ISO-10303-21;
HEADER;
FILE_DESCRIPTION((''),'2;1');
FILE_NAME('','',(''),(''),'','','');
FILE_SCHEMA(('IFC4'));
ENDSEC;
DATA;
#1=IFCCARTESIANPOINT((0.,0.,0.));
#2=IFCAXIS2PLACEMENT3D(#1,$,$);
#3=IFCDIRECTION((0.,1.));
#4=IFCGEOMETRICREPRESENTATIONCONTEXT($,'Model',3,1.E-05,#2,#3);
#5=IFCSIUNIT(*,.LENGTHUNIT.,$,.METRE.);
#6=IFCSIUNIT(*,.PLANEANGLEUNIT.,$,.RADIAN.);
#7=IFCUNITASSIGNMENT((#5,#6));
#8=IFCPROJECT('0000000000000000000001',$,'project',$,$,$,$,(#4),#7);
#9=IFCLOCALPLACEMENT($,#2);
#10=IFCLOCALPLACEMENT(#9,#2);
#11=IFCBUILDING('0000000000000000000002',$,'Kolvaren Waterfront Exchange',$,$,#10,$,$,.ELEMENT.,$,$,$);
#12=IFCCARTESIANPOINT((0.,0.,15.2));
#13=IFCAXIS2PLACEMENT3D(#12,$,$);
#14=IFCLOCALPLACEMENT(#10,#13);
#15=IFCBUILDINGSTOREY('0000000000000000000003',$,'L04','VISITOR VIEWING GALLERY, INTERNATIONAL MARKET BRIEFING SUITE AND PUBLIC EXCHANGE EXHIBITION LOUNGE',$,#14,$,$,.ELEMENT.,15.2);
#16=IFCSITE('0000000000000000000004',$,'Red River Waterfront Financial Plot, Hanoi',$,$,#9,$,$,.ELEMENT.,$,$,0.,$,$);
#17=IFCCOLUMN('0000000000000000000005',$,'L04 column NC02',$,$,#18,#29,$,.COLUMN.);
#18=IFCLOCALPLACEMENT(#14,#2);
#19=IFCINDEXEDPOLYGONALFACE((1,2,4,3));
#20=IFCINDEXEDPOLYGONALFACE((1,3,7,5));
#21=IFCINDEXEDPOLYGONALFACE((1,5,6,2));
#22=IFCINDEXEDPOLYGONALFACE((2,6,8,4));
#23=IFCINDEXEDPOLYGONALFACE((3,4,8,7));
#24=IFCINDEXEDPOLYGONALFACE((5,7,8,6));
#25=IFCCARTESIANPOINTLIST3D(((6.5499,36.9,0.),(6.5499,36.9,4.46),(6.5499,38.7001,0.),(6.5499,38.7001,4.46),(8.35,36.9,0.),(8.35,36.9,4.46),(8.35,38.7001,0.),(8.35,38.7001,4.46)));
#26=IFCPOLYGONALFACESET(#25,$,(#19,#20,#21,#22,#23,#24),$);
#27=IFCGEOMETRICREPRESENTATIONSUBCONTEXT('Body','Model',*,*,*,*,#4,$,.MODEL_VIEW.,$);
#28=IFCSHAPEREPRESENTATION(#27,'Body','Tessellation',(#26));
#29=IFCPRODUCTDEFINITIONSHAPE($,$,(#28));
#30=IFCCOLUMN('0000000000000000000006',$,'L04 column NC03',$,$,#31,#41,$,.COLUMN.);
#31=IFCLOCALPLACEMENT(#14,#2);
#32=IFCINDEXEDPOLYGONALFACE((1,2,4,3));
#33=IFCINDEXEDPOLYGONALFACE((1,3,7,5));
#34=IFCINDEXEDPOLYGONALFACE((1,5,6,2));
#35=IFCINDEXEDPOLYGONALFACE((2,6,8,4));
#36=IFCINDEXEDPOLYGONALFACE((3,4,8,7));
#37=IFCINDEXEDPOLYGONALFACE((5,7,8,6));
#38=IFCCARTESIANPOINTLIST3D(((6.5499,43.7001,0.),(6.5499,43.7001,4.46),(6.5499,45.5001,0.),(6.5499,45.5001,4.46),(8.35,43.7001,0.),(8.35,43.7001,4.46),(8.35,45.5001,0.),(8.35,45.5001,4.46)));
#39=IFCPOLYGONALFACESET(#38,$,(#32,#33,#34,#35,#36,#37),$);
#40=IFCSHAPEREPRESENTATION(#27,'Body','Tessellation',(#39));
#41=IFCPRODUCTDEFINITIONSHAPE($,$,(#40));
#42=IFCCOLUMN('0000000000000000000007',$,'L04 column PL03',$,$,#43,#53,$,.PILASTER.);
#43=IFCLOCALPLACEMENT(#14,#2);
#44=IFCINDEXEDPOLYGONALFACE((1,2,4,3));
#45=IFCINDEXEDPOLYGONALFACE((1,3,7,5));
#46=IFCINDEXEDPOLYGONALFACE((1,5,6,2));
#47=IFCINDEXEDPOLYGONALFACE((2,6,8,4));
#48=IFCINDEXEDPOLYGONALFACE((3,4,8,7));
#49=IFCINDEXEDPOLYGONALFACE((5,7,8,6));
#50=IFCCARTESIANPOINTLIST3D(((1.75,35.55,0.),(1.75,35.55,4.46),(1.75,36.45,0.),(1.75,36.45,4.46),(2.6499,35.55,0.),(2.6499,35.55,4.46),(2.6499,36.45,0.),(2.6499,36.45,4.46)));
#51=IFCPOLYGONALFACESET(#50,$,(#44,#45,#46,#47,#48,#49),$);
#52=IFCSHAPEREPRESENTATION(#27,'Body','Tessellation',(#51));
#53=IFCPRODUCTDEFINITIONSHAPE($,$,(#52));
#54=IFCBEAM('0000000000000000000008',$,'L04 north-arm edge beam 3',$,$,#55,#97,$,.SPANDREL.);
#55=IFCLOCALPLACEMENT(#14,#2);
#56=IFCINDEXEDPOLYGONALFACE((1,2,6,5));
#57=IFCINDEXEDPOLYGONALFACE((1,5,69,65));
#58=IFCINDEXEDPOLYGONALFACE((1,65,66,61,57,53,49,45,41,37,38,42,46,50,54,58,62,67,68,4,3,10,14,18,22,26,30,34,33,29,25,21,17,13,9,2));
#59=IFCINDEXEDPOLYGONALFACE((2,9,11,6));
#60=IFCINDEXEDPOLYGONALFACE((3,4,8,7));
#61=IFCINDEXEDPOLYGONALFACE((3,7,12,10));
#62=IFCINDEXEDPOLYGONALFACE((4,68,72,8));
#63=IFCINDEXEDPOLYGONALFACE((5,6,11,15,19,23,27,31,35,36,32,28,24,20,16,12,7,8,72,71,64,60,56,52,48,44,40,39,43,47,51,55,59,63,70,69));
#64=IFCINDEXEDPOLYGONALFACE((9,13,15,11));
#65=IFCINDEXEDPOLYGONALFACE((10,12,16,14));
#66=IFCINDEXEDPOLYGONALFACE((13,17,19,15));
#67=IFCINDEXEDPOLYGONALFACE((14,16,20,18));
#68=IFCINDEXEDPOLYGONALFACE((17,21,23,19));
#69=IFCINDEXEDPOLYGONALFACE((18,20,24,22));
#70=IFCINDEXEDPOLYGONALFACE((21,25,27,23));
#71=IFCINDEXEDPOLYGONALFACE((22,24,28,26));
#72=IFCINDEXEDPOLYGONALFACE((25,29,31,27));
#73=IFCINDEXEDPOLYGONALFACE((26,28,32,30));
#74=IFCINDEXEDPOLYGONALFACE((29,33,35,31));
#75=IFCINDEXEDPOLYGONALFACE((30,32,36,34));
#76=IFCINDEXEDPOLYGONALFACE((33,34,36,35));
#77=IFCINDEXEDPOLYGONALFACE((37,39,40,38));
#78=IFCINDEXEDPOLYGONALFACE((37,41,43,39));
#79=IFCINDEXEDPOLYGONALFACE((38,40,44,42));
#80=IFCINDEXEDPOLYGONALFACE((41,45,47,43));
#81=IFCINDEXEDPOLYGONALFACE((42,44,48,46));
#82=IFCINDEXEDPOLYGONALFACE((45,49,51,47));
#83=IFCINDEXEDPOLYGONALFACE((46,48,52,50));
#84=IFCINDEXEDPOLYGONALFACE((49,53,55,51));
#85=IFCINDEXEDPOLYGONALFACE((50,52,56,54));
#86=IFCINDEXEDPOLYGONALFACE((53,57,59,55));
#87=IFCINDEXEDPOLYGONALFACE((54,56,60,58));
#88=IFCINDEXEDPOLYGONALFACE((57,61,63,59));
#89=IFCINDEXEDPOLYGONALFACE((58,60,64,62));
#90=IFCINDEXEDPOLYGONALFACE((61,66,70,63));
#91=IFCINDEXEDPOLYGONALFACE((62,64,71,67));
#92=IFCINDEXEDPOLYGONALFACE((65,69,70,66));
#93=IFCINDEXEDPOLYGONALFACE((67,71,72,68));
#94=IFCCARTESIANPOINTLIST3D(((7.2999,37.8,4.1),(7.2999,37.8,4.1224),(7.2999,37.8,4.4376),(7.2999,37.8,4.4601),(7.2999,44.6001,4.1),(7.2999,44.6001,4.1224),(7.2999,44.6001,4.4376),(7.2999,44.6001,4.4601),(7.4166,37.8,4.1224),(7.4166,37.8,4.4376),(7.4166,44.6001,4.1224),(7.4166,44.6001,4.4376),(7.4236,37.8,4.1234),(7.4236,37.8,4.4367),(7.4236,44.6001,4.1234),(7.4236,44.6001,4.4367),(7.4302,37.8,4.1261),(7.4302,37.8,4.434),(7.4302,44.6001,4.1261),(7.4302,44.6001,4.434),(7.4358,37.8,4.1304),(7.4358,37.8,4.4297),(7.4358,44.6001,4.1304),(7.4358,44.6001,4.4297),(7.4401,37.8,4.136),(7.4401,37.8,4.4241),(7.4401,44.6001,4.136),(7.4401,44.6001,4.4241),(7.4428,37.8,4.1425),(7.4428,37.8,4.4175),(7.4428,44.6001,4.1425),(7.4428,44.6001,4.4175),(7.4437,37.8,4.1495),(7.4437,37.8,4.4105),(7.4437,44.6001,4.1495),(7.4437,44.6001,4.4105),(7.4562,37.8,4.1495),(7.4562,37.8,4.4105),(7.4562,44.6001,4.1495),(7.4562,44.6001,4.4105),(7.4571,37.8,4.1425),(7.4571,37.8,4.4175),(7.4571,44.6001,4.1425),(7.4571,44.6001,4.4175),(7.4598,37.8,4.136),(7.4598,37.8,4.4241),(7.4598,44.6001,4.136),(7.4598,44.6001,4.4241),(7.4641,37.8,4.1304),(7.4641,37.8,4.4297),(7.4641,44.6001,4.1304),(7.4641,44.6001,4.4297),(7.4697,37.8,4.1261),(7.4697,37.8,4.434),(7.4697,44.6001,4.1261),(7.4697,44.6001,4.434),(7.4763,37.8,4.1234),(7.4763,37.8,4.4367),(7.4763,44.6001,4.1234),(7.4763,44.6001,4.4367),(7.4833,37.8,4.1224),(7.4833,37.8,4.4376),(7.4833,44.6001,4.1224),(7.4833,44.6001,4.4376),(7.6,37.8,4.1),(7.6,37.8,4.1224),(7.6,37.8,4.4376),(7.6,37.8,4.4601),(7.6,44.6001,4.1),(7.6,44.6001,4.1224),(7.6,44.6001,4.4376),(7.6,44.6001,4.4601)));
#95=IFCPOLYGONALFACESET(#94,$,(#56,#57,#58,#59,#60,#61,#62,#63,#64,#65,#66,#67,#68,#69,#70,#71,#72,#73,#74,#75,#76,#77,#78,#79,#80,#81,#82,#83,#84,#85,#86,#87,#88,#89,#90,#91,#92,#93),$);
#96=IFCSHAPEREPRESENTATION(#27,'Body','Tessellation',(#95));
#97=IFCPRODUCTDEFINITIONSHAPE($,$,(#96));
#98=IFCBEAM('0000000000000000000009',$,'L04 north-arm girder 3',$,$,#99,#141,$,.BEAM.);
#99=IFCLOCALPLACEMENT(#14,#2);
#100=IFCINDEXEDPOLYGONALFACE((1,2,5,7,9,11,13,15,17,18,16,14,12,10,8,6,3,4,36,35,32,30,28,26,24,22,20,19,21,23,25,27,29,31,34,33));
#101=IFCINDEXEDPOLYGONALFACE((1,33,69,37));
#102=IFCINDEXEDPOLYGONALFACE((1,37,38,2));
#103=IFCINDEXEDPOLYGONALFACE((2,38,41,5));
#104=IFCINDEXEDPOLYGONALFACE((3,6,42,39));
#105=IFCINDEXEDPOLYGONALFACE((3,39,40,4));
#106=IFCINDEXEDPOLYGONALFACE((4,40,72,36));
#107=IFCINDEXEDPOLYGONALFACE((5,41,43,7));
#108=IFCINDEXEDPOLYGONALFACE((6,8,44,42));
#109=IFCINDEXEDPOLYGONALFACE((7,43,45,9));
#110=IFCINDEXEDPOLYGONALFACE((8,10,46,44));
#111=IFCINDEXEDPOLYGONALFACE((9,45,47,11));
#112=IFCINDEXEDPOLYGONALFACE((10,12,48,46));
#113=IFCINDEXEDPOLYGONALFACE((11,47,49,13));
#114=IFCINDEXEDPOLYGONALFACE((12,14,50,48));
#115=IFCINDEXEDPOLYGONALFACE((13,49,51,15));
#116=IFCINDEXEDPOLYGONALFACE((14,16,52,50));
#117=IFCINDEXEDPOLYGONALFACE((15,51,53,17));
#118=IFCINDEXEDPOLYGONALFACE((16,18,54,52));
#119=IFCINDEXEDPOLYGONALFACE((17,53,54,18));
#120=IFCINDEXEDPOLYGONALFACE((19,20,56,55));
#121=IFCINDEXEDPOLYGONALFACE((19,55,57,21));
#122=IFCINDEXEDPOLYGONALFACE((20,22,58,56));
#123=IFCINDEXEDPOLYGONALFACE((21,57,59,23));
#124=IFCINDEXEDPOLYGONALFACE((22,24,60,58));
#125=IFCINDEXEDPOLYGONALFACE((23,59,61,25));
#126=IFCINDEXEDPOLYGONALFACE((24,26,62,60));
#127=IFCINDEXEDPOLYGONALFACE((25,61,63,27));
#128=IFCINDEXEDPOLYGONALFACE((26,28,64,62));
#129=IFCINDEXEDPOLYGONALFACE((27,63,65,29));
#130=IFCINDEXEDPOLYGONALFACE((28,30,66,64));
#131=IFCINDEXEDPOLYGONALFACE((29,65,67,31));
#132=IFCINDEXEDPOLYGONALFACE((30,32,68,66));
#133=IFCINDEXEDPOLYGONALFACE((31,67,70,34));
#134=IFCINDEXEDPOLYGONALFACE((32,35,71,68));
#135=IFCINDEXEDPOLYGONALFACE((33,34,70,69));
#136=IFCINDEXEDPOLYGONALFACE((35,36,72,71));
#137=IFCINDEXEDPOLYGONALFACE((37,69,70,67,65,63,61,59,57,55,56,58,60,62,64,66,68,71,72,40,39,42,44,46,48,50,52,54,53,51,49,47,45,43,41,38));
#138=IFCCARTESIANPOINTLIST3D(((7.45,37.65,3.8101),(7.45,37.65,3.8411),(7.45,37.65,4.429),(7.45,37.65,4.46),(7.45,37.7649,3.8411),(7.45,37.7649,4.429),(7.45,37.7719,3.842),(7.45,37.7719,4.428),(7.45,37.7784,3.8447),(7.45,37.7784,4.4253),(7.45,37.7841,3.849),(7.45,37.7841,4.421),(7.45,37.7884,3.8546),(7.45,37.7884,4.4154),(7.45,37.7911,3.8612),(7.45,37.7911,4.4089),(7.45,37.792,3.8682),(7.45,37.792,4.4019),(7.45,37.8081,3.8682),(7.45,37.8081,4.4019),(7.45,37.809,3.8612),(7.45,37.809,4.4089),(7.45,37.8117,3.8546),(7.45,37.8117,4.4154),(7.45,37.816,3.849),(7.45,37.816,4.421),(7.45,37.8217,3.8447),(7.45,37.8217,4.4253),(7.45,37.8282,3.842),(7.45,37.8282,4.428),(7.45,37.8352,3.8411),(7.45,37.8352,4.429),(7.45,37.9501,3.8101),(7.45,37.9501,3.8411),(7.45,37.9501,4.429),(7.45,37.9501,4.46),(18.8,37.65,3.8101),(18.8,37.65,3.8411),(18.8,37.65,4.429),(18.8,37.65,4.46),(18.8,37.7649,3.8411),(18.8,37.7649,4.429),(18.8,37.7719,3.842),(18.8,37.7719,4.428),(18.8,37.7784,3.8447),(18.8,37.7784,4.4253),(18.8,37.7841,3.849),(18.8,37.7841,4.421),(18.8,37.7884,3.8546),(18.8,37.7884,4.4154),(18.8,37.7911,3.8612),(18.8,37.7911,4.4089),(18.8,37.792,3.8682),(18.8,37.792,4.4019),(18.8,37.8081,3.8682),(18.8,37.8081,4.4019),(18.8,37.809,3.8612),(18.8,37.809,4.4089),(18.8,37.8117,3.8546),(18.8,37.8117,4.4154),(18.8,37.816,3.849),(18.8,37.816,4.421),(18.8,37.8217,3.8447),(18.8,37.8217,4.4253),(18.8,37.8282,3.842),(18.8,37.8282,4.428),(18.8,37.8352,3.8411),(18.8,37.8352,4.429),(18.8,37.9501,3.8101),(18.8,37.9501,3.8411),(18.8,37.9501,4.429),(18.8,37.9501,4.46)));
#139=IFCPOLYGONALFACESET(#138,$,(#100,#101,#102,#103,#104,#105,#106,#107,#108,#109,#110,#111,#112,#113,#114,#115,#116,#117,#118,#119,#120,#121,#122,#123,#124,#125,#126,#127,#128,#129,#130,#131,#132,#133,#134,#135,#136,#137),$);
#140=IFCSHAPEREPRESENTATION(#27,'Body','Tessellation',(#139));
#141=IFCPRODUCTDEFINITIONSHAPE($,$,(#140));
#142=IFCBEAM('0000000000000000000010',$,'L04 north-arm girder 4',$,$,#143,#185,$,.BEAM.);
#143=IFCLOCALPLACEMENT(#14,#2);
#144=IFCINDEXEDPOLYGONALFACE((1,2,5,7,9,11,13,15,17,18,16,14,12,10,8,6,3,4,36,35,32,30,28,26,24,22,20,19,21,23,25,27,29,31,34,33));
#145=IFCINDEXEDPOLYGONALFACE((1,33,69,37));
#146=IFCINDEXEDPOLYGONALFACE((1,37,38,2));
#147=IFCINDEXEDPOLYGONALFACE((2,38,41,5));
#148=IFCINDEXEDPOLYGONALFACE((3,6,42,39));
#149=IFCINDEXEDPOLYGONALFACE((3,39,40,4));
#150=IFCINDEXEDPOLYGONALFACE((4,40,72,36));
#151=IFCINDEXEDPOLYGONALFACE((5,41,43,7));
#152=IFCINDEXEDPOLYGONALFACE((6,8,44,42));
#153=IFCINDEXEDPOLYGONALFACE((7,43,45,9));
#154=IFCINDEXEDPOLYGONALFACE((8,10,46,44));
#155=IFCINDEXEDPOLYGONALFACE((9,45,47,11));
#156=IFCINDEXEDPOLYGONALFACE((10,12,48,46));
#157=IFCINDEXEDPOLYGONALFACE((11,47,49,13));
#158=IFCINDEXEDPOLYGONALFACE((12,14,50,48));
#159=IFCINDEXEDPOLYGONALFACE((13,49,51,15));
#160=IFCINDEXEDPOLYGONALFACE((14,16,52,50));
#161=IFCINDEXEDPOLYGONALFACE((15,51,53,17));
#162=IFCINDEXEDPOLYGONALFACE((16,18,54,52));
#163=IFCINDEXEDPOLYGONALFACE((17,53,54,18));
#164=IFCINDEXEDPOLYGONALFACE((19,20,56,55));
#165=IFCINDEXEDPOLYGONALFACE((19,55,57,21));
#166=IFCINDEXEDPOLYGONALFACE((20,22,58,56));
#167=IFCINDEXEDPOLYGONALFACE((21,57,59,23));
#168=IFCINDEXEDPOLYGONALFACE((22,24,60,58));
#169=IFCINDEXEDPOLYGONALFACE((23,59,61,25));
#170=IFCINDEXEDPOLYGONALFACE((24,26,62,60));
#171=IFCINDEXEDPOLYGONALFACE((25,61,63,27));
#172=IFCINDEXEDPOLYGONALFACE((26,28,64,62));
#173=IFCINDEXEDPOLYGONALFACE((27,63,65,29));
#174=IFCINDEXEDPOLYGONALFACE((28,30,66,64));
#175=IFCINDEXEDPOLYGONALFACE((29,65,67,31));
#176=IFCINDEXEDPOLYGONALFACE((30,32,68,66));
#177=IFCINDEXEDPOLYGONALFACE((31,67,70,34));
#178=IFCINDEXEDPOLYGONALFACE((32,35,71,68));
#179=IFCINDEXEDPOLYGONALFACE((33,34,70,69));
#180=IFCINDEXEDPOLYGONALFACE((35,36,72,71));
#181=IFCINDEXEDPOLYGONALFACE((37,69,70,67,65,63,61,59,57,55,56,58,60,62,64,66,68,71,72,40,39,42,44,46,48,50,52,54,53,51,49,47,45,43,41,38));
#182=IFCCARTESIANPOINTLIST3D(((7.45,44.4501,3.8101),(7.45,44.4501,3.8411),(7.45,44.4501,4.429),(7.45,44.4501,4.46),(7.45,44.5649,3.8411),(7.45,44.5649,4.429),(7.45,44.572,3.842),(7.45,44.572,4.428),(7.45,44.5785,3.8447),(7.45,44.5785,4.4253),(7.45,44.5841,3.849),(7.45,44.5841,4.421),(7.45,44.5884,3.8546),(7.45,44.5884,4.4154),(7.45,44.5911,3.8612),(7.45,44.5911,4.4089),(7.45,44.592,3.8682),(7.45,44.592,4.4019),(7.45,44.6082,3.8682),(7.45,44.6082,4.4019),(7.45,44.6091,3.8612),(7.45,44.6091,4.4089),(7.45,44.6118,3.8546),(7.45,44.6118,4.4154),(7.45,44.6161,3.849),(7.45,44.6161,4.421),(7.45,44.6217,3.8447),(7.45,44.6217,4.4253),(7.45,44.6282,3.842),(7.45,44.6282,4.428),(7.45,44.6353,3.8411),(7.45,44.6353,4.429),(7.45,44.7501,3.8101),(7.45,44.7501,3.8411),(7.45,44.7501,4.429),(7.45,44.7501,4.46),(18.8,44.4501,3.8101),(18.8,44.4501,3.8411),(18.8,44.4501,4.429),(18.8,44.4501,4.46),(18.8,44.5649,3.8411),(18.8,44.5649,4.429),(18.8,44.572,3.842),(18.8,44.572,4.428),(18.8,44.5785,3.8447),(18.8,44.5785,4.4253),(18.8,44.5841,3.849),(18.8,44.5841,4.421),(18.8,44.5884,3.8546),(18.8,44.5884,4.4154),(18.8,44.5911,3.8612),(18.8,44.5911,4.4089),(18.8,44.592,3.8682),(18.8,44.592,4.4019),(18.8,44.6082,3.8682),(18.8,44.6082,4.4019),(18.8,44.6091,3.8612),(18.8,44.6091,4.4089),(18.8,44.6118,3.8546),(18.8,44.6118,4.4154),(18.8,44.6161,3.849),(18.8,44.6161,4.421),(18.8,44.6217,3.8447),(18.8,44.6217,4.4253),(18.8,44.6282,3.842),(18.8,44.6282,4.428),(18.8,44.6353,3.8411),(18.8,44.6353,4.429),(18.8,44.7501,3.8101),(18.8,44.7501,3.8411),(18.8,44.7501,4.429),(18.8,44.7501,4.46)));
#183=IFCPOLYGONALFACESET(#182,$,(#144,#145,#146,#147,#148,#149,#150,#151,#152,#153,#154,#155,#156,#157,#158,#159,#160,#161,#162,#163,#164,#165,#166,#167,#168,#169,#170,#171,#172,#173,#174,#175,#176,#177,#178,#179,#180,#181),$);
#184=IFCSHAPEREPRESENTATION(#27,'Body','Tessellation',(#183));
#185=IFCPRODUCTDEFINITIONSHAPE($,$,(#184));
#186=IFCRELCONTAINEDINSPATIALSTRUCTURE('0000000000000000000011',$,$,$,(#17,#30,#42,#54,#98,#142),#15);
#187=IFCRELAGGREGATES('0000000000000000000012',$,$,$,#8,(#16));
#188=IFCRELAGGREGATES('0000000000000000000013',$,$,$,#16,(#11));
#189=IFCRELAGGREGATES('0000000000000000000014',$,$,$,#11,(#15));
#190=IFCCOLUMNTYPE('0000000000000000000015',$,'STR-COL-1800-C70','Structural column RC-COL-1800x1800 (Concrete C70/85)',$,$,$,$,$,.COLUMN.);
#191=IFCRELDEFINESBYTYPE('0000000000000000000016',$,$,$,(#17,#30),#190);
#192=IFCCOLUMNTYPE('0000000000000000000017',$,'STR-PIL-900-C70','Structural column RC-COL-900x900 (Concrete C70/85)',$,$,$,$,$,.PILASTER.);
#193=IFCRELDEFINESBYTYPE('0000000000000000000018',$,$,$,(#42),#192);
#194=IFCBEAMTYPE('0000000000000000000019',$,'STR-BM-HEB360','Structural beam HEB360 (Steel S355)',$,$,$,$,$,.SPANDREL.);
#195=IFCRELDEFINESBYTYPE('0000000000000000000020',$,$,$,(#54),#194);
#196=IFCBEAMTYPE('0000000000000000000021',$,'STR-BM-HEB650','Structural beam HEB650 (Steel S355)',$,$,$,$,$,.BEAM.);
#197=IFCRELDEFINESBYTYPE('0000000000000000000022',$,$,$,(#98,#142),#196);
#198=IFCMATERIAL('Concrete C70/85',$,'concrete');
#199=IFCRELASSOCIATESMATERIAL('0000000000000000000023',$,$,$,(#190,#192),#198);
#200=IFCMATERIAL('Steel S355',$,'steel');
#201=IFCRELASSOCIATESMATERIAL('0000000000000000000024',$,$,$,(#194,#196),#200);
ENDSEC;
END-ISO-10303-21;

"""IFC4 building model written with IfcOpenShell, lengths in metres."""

from ifc_helpers import new_model, si_unit, direction, frame, origin, origin_2d, place, context, subcontext, project, spatial, rectangle, i_section, extrude, material, material_profile, profile_set, type_object, element, save


model = new_model("IFC4")

# Units and contexts
model_context = context("Model", 3, precision=1e-05, world=origin(), true_north=direction((0.0, 1.0)))
body_context = subcontext(model_context, "Body", "Model", "MODEL_VIEW")
ifc_project = project(units=[si_unit("LENGTHUNIT", "METRE"), si_unit("PLANEANGLEUNIT", "RADIAN")], contexts=[model_context])

# Site, building, storey
site_placement = place(None, origin())
site = spatial("IfcSite", under=ifc_project, at=site_placement, Name="Red River Waterfront Financial Plot, Hanoi", CompositionType="ELEMENT", RefElevation=0.0)
building_placement = place(site_placement, origin())
building = spatial("IfcBuilding", under=site, at=building_placement, Name="Kolvaren Waterfront Exchange", CompositionType="ELEMENT")
storey_placement = place(building_placement, frame((0.0, 0.0, 15.2)))
storey = spatial("IfcBuildingStorey", under=building, at=storey_placement, Name="L04", Description="VISITOR VIEWING GALLERY, INTERNATIONAL MARKET BRIEFING SUITE AND PUBLIC EXCHANGE EXHIBITION LOUNGE", CompositionType="ELEMENT", Elevation=15.2)

# Columns
ifc_material_1 = material(Name="Concrete C70/85", Category="concrete")
ifc_material_profile_1 = material_profile(ifc_material_1, rectangle(XDim=1.8, YDim=1.8, at=origin_2d()), Name="RC-COL-1800x1800")
ifc_profile_set_1 = profile_set([ifc_material_profile_1], Name="Concrete C70/85")
column_type_1 = type_object("IfcColumnType", Name="STR-COL-1800-C70", Description="Structural column RC-COL-1800x1800 (Concrete C70/85)", PredefinedType="COLUMN", material=ifc_profile_set_1)
for number, where, z_axis, x_axis, name in (
    (1, (7.45, 37.8, 0.0), (0.0, 0.0, 1.0), (1.0, 0.0, 0.0), "L04 column NC02"),
    (2, (7.45, 44.6001, 0.0), (0.0, 0.0, 1.0), (1.0, 0.0, 0.0), "L04 column NC03"),
):
    element("IfcColumn", number, at=place(storey_placement, frame(where, z_axis=z_axis, x_axis=x_axis)), inside=storey, type_object=column_type_1, Name=name, PredefinedType="COLUMN", context=body_context, shape_type="SweptSolid", body=[
        extrude(rectangle(XDim=1.8, YDim=1.8, at=origin_2d()), origin(), (0.0, 0.0, 1.0), 4.46),
    ])
ifc_material_profile_2 = material_profile(ifc_material_1, rectangle(XDim=0.8999, YDim=0.8999, at=origin_2d()), Name="RC-COL-900x900")
ifc_profile_set_2 = profile_set([ifc_material_profile_2], Name="Concrete C70/85")
column_type_2 = type_object("IfcColumnType", Name="STR-PIL-900-C70", Description="Structural column RC-COL-900x900 (Concrete C70/85)", PredefinedType="PILASTER", material=ifc_profile_set_2)
column_placement = place(storey_placement, frame((2.2, 36.0, 0.0), z_axis=(0.0, 0.0, 1.0), x_axis=(1.0, 0.0, 0.0)))
element("IfcColumn", 3, at=column_placement, inside=storey, type_object=column_type_2, Name="L04 column PL03", PredefinedType="PILASTER", context=body_context, shape_type="SweptSolid", body=[
    extrude(rectangle(XDim=0.8999, YDim=0.8999, at=origin_2d()), origin(), (0.0, 0.0, 1.0), 4.46),
])

# Beams
ifc_material_2 = material(Name="Steel S355", Category="steel")
ifc_material_profile_3 = material_profile(ifc_material_2, i_section(OverallWidth=0.3, OverallDepth=0.3601, WebThickness=0.0125, FlangeThickness=0.0225, FilletRadius=0.0271, at=origin_2d()), Name="HEB360")
ifc_profile_set_3 = profile_set([ifc_material_profile_3], Name="Steel S355")
beam_type_1 = type_object("IfcBeamType", Name="STR-BM-HEB360", Description="Structural beam HEB360 (Steel S355)", PredefinedType="SPANDREL", material=ifc_profile_set_3)
beam_placement = place(storey_placement, frame((7.45, 37.8, 4.28), z_axis=(0.0, 1.0, 0.0), x_axis=(-1.0, 0.0, 0.0)))
element("IfcBeam", 4, at=beam_placement, inside=storey, type_object=beam_type_1, Name="L04 north-arm edge beam 3", PredefinedType="SPANDREL", context=body_context, shape_type="SweptSolid", body=[
    extrude(i_section(OverallWidth=0.3, OverallDepth=0.3601, WebThickness=0.0125, FlangeThickness=0.0225, FilletRadius=0.0271, at=origin_2d()), origin(), (0.0, 0.0, 1.0), 6.8),
])
ifc_material_profile_4 = material_profile(ifc_material_2, i_section(OverallWidth=0.3, OverallDepth=0.6499, WebThickness=0.0161, FlangeThickness=0.031, FilletRadius=0.0271, at=origin_2d()), Name="HEB650")
ifc_profile_set_4 = profile_set([ifc_material_profile_4], Name="Steel S355")
beam_type_2 = type_object("IfcBeamType", Name="STR-BM-HEB650", Description="Structural beam HEB650 (Steel S355)", PredefinedType="BEAM", material=ifc_profile_set_4)
for number, where, z_axis, x_axis, name in (
    (5, (7.45, 37.8, 4.135), (1.0, 0.0, 0.0), (0.0, 1.0, 0.0), "L04 north-arm girder 3"),
    (6, (7.45, 44.6001, 4.135), (1.0, 0.0, 0.0), (0.0, 1.0, 0.0), "L04 north-arm girder 4"),
):
    element("IfcBeam", number, at=place(storey_placement, frame(where, z_axis=z_axis, x_axis=x_axis)), inside=storey, type_object=beam_type_2, Name=name, PredefinedType="BEAM", context=body_context, shape_type="SweptSolid", body=[
        extrude(i_section(OverallWidth=0.3, OverallDepth=0.6499, WebThickness=0.0161, FlangeThickness=0.031, FilletRadius=0.0271, at=origin_2d()), origin(), (0.0, 0.0, 1.0), 11.3501),
    ])

save(model, "model.ifc")
